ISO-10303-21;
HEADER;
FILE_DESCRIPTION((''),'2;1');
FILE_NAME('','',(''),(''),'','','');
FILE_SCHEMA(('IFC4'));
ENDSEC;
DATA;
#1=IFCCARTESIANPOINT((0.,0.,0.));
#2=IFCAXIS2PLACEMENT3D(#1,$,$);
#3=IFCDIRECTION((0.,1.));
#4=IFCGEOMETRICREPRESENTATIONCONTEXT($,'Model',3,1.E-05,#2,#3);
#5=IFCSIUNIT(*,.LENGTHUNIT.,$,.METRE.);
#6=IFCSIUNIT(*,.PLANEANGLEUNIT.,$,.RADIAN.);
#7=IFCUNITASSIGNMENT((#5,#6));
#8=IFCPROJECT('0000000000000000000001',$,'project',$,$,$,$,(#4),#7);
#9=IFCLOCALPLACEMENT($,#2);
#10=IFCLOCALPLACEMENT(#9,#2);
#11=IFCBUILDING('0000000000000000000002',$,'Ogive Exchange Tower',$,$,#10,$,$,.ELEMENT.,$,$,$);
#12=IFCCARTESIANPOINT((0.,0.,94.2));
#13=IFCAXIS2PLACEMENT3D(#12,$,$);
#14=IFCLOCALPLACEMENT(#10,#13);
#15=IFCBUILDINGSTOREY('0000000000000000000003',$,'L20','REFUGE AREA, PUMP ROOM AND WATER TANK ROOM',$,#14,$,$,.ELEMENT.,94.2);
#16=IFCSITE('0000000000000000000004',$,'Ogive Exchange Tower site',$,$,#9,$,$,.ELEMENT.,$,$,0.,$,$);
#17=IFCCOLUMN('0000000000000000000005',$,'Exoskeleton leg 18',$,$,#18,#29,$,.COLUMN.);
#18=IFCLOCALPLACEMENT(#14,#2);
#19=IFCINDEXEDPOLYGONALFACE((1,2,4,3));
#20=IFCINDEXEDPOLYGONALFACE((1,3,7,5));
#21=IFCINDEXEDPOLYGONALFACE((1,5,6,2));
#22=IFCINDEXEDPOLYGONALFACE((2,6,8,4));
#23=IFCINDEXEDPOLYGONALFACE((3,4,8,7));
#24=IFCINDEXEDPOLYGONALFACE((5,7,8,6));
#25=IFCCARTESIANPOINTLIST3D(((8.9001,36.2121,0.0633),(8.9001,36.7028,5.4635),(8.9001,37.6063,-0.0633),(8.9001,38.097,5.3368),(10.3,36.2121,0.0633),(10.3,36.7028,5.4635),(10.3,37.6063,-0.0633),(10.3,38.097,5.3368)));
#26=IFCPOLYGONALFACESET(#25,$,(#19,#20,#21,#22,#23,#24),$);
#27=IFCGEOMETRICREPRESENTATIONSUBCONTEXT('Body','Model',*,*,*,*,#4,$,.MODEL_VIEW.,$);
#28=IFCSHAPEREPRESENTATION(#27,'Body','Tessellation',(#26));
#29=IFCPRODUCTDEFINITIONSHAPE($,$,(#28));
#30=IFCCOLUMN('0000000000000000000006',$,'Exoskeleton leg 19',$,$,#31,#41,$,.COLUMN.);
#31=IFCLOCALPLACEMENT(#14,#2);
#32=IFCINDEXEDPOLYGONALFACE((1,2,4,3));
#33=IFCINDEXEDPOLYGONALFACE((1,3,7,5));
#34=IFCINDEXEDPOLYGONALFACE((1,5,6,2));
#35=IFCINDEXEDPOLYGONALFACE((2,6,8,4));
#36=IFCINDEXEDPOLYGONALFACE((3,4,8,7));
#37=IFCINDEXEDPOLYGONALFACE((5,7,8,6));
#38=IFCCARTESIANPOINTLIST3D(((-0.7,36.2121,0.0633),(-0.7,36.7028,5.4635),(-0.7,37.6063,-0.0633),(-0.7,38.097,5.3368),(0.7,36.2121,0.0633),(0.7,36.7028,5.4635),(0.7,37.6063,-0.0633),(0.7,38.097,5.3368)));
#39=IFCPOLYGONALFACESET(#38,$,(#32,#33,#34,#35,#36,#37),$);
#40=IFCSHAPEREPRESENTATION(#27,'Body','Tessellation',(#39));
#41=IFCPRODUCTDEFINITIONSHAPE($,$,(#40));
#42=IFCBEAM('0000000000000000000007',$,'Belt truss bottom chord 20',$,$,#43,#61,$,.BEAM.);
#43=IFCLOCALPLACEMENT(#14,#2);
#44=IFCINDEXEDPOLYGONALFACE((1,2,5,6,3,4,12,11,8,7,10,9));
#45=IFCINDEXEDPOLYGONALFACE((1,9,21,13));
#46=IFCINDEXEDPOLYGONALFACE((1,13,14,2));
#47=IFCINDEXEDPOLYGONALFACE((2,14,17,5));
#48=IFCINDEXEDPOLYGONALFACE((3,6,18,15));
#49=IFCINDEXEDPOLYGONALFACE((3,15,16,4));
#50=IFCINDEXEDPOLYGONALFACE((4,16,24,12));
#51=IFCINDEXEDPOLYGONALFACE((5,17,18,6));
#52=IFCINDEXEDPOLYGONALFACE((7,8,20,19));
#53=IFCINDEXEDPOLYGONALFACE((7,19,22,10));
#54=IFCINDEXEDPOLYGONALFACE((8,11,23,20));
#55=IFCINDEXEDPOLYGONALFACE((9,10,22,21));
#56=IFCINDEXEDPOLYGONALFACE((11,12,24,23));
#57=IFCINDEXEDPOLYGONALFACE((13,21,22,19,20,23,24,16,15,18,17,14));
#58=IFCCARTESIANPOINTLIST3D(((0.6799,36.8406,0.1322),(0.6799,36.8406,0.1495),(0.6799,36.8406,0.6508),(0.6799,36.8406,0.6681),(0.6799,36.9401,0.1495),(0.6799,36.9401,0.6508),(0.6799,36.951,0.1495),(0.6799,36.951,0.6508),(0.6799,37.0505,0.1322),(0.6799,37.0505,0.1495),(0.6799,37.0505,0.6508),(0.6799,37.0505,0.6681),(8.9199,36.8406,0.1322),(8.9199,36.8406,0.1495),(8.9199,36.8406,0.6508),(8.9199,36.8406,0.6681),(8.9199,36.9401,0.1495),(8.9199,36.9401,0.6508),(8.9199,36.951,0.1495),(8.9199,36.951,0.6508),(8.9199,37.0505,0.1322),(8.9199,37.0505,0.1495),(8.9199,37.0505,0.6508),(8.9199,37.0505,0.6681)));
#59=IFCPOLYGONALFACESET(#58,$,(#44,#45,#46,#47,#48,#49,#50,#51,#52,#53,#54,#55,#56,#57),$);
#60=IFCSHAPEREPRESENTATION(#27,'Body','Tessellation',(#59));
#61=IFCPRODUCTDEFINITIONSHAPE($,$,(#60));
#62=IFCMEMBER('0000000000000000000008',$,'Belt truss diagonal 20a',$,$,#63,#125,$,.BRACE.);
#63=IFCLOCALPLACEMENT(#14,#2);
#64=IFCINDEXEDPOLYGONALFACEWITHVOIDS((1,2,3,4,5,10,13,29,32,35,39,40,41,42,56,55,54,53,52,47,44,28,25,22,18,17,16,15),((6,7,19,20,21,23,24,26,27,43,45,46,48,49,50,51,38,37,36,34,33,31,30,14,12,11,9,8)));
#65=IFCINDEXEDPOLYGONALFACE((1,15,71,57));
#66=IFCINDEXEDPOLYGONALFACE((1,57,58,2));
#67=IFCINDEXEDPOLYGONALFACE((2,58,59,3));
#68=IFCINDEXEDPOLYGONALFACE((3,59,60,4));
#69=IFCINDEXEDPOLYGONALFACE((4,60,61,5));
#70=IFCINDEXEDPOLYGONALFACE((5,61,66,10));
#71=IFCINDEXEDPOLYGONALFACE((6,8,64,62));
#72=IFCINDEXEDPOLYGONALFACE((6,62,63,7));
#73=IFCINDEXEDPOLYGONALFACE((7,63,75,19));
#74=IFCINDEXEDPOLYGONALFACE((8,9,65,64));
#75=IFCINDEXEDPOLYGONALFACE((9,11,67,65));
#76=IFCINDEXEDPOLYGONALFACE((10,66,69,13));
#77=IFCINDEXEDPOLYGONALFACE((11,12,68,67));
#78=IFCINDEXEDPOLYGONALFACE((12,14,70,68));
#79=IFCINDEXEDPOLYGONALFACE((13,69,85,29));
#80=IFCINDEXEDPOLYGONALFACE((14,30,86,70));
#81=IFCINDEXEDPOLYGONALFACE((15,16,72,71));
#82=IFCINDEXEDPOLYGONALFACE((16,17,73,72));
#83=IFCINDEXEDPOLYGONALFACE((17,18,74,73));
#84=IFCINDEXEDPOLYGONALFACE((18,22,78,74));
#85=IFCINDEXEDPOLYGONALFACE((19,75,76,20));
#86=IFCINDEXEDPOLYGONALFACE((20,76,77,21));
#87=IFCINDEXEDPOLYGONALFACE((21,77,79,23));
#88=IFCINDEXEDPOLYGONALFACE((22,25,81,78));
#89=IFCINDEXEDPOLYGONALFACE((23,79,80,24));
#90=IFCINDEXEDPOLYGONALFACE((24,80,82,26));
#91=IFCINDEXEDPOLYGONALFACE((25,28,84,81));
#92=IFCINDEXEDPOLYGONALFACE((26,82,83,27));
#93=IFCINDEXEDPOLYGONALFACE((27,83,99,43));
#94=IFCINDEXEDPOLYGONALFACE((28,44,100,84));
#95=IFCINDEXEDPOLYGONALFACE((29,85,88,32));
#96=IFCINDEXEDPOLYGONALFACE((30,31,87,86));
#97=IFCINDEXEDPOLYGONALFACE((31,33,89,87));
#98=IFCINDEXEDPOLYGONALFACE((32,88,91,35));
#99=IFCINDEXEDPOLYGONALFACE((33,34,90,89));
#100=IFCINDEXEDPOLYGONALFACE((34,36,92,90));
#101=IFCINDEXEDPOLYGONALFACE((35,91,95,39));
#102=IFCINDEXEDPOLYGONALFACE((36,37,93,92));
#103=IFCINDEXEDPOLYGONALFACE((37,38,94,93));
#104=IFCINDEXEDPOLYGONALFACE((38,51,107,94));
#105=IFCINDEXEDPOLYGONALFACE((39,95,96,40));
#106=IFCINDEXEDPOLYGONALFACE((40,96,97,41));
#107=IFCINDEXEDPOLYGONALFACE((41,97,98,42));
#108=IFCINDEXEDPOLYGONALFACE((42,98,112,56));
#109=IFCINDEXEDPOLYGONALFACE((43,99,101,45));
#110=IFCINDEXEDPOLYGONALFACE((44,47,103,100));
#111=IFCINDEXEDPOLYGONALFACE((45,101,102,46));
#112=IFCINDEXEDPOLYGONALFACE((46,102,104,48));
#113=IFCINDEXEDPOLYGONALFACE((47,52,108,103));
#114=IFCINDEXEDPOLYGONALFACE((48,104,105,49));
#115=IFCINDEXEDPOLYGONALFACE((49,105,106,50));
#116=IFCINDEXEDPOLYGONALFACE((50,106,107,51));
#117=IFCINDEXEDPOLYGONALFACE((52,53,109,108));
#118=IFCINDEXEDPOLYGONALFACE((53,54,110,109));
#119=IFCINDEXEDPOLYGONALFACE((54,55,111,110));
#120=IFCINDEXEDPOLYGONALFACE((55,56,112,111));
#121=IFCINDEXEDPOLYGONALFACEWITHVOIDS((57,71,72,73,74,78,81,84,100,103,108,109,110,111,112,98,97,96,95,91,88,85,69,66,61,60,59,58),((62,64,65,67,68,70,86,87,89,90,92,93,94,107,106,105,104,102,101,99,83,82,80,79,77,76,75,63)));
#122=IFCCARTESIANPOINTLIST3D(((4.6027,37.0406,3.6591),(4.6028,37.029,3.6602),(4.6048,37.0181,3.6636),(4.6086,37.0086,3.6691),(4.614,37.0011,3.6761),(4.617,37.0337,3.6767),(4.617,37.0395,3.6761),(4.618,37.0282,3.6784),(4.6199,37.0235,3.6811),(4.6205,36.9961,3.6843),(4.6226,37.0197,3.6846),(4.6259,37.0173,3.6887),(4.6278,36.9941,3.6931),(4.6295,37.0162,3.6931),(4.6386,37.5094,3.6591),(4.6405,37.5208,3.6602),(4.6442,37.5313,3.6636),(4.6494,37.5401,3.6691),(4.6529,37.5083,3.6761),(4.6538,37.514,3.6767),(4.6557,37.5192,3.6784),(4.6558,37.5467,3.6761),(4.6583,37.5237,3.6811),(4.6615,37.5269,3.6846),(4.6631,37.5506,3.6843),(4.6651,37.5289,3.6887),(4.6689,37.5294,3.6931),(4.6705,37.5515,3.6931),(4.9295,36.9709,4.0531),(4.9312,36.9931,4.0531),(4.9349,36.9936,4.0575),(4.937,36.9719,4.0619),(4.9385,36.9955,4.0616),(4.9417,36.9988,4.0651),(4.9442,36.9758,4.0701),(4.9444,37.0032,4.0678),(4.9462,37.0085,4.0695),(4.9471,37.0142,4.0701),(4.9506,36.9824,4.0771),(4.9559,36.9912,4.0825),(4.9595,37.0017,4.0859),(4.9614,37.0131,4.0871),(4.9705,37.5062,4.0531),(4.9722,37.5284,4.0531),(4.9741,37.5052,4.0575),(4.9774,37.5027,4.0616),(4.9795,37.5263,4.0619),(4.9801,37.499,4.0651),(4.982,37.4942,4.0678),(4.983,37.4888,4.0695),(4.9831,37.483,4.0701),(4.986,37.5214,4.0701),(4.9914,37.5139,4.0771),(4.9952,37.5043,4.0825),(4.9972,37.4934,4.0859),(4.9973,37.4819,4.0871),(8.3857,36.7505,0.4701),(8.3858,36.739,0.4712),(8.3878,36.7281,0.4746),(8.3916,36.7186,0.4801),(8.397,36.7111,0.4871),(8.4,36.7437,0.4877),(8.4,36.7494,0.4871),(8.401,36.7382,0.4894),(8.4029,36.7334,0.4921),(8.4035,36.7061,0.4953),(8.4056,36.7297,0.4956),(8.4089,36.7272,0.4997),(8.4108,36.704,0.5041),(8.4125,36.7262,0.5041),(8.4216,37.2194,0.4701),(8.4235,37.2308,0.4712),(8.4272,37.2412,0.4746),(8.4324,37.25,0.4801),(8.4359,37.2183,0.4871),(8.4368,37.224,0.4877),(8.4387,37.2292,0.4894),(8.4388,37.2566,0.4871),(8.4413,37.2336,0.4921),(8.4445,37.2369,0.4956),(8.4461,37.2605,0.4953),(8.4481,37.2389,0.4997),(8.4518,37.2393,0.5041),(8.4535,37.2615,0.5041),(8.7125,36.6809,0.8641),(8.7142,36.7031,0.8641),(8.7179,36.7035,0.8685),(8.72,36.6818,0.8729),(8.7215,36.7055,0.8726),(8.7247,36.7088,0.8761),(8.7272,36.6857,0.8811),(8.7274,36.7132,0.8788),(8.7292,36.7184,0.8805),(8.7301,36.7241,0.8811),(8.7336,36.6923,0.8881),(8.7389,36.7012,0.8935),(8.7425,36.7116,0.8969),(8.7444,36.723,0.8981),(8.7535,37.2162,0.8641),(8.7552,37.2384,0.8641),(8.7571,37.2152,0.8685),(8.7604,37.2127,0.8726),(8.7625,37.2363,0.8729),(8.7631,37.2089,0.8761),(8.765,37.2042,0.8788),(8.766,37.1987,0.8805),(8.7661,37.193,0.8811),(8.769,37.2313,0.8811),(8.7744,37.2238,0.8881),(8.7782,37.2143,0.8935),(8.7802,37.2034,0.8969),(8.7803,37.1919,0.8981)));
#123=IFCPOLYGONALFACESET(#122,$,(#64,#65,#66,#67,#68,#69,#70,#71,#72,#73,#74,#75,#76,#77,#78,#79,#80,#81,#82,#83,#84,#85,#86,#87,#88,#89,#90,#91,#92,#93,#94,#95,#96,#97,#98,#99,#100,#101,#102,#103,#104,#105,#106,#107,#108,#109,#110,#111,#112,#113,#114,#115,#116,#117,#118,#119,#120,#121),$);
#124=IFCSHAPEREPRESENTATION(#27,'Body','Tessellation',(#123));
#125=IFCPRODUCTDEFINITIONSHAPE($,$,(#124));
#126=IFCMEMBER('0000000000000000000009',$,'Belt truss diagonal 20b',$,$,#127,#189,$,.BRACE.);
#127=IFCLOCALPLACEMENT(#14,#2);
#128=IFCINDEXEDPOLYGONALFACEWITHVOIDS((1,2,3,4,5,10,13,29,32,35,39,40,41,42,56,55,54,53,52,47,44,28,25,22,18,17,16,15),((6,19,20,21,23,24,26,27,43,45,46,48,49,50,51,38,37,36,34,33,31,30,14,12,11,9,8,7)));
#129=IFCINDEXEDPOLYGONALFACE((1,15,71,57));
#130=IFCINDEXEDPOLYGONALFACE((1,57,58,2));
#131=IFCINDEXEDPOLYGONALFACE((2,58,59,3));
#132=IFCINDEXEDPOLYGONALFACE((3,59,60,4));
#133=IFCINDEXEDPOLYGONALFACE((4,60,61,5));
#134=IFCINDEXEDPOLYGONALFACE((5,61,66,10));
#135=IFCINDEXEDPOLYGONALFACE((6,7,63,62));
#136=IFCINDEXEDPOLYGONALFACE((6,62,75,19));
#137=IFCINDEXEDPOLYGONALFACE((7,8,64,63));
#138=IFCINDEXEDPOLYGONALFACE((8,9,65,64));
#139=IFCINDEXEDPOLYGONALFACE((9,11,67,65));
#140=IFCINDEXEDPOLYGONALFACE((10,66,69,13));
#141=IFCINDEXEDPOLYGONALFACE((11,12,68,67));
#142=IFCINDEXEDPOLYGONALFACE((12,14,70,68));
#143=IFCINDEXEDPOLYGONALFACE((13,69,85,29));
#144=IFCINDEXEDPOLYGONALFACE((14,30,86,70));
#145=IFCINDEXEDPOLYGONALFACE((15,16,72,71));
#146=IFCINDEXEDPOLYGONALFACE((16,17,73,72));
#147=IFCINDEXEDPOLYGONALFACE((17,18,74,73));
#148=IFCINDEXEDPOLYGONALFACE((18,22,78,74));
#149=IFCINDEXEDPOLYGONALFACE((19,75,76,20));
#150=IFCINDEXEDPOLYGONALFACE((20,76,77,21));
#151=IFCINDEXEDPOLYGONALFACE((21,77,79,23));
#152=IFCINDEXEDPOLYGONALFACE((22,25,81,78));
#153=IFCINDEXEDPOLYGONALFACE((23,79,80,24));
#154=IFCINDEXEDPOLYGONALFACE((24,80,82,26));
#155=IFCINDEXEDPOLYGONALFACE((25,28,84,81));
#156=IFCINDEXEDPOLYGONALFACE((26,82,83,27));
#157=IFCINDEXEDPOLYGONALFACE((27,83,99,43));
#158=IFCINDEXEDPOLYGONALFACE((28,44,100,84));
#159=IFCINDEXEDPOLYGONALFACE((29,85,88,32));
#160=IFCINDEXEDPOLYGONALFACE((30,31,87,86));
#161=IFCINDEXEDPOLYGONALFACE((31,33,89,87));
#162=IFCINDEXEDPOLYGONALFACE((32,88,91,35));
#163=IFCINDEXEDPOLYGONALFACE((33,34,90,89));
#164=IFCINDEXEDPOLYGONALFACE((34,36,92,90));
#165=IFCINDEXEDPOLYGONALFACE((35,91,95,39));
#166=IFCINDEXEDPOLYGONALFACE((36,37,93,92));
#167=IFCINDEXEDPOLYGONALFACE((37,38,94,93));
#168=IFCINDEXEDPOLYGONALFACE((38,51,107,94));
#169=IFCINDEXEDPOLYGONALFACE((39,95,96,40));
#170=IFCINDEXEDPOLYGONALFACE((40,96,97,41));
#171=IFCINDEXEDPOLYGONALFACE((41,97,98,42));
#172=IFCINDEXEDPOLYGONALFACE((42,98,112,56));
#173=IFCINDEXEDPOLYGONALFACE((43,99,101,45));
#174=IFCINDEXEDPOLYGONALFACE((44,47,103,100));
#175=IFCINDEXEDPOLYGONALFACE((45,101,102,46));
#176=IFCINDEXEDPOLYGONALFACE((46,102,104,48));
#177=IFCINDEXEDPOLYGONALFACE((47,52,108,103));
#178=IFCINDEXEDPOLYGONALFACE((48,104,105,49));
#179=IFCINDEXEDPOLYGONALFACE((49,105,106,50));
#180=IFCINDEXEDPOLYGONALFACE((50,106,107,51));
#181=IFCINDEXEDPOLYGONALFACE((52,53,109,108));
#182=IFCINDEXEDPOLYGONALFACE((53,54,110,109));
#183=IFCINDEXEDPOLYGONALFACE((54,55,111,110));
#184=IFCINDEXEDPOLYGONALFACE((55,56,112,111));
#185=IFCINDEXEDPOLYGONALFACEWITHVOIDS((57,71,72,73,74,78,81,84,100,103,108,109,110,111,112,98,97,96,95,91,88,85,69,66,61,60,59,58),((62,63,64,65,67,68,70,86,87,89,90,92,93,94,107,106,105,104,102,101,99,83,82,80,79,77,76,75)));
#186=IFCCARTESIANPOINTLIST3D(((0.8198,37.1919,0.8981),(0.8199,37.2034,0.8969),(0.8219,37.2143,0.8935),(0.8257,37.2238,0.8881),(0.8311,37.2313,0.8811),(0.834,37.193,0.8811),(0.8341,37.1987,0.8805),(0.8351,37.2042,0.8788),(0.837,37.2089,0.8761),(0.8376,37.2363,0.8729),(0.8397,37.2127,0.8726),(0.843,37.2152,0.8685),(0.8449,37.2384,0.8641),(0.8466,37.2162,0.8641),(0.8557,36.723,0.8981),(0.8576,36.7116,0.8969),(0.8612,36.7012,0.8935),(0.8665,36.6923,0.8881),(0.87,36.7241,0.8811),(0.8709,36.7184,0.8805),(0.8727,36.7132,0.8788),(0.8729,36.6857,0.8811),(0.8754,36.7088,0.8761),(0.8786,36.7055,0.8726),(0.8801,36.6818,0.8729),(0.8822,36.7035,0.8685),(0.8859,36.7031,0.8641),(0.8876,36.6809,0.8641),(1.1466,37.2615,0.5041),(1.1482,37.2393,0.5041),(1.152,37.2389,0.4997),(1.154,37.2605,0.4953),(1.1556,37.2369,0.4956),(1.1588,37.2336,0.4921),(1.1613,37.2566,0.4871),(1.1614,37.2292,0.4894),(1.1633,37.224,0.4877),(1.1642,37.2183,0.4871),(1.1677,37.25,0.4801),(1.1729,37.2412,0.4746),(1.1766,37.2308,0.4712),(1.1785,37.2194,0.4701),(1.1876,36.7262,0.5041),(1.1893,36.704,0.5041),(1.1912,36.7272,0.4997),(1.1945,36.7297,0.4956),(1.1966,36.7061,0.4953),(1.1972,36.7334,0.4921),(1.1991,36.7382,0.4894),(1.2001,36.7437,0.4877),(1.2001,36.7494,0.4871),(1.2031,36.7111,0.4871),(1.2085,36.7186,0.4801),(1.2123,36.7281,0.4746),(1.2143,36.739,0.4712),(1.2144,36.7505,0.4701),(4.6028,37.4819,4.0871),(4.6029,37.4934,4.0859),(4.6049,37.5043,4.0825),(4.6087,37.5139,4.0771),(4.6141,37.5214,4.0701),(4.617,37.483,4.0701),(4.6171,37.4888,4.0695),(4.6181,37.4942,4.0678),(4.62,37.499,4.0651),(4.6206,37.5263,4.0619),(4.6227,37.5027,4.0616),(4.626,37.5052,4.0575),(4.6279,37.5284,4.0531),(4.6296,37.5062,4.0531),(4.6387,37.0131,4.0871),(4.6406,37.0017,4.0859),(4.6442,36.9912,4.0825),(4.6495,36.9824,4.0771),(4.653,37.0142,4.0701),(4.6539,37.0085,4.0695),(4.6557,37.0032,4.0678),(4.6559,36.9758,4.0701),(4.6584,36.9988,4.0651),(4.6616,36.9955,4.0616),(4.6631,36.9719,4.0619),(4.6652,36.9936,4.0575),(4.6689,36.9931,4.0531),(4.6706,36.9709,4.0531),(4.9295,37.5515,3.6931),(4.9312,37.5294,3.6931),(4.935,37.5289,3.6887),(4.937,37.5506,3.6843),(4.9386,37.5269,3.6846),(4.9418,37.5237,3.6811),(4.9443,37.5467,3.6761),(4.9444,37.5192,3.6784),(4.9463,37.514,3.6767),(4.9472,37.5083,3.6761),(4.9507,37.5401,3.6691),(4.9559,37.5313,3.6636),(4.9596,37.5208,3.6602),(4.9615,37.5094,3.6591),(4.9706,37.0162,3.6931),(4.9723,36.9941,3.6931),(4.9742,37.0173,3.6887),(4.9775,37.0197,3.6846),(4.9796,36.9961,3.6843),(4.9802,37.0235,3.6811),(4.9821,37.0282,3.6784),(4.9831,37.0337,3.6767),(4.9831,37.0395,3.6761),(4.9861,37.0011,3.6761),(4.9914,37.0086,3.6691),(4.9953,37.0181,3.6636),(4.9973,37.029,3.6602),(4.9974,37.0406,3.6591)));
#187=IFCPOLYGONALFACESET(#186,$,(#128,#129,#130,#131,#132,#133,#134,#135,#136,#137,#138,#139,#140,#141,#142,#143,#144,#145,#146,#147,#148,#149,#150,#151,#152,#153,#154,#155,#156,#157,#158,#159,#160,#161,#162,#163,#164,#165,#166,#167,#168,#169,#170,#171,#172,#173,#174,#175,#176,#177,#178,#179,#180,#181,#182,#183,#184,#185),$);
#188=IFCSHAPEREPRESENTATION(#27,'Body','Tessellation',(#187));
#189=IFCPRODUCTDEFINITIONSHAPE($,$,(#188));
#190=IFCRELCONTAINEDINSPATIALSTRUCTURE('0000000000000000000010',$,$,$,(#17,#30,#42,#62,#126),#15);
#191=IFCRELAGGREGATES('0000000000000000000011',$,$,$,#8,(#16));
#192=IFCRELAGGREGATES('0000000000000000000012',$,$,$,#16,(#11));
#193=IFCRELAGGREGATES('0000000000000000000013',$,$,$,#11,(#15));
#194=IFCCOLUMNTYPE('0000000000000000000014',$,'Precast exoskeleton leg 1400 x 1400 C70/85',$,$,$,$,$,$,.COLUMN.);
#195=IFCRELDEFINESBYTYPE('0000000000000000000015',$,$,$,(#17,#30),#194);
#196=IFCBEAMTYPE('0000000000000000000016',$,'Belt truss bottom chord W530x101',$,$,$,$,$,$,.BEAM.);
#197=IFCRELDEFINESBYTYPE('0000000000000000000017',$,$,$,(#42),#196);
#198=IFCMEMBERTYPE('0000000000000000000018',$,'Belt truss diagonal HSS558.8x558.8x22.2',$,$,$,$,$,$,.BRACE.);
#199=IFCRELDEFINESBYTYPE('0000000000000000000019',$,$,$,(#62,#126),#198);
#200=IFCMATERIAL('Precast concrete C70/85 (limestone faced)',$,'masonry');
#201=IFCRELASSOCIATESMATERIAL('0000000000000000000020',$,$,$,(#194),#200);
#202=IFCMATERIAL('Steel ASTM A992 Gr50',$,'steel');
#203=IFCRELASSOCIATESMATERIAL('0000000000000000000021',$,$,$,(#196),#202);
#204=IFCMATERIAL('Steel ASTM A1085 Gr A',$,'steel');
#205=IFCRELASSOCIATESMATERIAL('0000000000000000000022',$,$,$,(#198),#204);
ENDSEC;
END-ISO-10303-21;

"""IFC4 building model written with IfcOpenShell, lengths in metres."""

from ifc_helpers import new_model, si_unit, direction, frame, origin, origin_2d, place, context, subcontext, project, spatial, rectangle, hollow_rectangle, i_section, extrude, material, material_profile, profile_set, type_object, element, save


model = new_model("IFC4")

# Units and contexts
model_context = context("Model", 3, precision=1e-05, world=origin(), true_north=direction((0.0, 1.0)))
body_context = subcontext(model_context, "Body", "Model", "MODEL_VIEW")
ifc_project = project(units=[si_unit("LENGTHUNIT", "METRE"), si_unit("PLANEANGLEUNIT", "RADIAN")], contexts=[model_context])

# Site, building, storey
site_placement = place(None, origin())
site = spatial("IfcSite", under=ifc_project, at=site_placement, Name="Ogive Exchange Tower site", CompositionType="ELEMENT", RefElevation=0.0)
building_placement = place(site_placement, origin())
building = spatial("IfcBuilding", under=site, at=building_placement, Name="Ogive Exchange Tower", CompositionType="ELEMENT")
storey_placement = place(building_placement, frame((0.0, 0.0, 94.2)))
storey = spatial("IfcBuildingStorey", under=building, at=storey_placement, Name="L20", Description="REFUGE AREA, PUMP ROOM AND WATER TANK ROOM", CompositionType="ELEMENT", Elevation=94.2)

# Columns
ifc_material_1 = material(Name="Precast concrete C70/85 (limestone faced)", Category="masonry")
ifc_material_profile_1 = material_profile(ifc_material_1, rectangle(XDim=1.3999, YDim=1.3999, at=origin_2d()), Name="1400 x 1400")
ifc_profile_set_1 = profile_set([ifc_material_profile_1], Name="Precast concrete C70/85 (limestone faced)")
column_type = type_object("IfcColumnType", Name="Precast exoskeleton leg 1400 x 1400 C70/85", PredefinedType="COLUMN", material=ifc_profile_set_1)
for number, where, z_axis, x_axis, name in (
    (1, (9.6001, 36.9092, 0.0), (0.0, 0.090499, 0.995897), (-1.0, 0.0, 0.0), "Exoskeleton leg 18"),
    (2, (0.0, 36.9092, 0.0), (0.0, 0.090499, 0.995897), (-1.0, 0.0, 0.0), "Exoskeleton leg 19"),
):
    element("IfcColumn", number, at=place(storey_placement, frame(where, z_axis=z_axis, x_axis=x_axis)), inside=storey, type_object=column_type, Name=name, PredefinedType="COLUMN", context=body_context, shape_type="SweptSolid", body=[
        extrude(rectangle(XDim=1.3999, YDim=1.3999, at=origin_2d()), origin(), (0.0, 0.0, 1.0), 5.4224),
    ])

# Beam
ifc_material_2 = material(Name="Steel ASTM A992 Gr50", Category="steel")
ifc_material_profile_2 = material_profile(ifc_material_2, i_section(OverallWidth=0.21, OverallDepth=0.5359, WebThickness=0.011, FlangeThickness=0.0173, at=origin_2d()), Name="W530x101")
ifc_profile_set_2 = profile_set([ifc_material_profile_2], Name="Steel ASTM A992 Gr50")
beam_type_1 = type_object("IfcBeamType", Name="Belt truss bottom chord W530x101", PredefinedType="BEAM", material=ifc_profile_set_2)
beam_1_placement = place(storey_placement, frame((8.9199, 36.9456, 0.4001), z_axis=(-1.0, 0.0, 0.0), x_axis=(0.0, -1.0, 0.0)))
element("IfcBeam", 3, at=beam_1_placement, inside=storey, type_object=beam_type_1, Name="Belt truss bottom chord 20", PredefinedType="BEAM", context=body_context, shape_type="SweptSolid", body=[
    extrude(i_section(OverallWidth=0.21, OverallDepth=0.5359, WebThickness=0.011, FlangeThickness=0.0173, at=origin_2d()), origin(), (0.0, 0.0, 1.0), 8.24),
])

# Members
ifc_material_3 = material(Name="Steel ASTM A1085 Gr A", Category="steel")
ifc_material_profile_3 = material_profile(ifc_material_3, hollow_rectangle(XDim=0.5591, YDim=0.5591, WallThickness=0.0222, InnerFilletRadius=0.0222, OuterFilletRadius=0.0444, at=origin_2d()), Name="HSS558.8x558.8x22.2")
ifc_profile_set_3 = profile_set([ifc_material_profile_3], Name="Steel ASTM A1085 Gr A")
member_type_1 = type_object("IfcMemberType", Name="Belt truss diagonal HSS558.8x558.8x22.2", PredefinedType="BRACE", material=ifc_profile_set_3)
for number, where, z_axis, x_axis, name in (
    (4, (8.583, 36.9712, 0.6841), (-0.763271, 0.05852, 0.643423), (-0.076446, -0.997074, 0.0), "Belt truss diagonal 20a"),
    (5, (1.0171, 36.9712, 0.6841), (0.763271, 0.05852, 0.643423), (-0.076446, 0.997074, 0.0), "Belt truss diagonal 20b"),
):
    element("IfcMember", number, at=place(storey_placement, frame(where, z_axis=z_axis, x_axis=x_axis)), inside=storey, type_object=member_type_1, Name=name, PredefinedType="BRACE", context=body_context, shape_type="SweptSolid", body=[
        extrude(hollow_rectangle(XDim=0.5591, YDim=0.5591, WallThickness=0.0222, InnerFilletRadius=0.0222, OuterFilletRadius=0.0444, at=origin_2d()), origin(), (0.0, 0.0, 1.0), 4.9563),
    ])

save(model, "model.ifc")
